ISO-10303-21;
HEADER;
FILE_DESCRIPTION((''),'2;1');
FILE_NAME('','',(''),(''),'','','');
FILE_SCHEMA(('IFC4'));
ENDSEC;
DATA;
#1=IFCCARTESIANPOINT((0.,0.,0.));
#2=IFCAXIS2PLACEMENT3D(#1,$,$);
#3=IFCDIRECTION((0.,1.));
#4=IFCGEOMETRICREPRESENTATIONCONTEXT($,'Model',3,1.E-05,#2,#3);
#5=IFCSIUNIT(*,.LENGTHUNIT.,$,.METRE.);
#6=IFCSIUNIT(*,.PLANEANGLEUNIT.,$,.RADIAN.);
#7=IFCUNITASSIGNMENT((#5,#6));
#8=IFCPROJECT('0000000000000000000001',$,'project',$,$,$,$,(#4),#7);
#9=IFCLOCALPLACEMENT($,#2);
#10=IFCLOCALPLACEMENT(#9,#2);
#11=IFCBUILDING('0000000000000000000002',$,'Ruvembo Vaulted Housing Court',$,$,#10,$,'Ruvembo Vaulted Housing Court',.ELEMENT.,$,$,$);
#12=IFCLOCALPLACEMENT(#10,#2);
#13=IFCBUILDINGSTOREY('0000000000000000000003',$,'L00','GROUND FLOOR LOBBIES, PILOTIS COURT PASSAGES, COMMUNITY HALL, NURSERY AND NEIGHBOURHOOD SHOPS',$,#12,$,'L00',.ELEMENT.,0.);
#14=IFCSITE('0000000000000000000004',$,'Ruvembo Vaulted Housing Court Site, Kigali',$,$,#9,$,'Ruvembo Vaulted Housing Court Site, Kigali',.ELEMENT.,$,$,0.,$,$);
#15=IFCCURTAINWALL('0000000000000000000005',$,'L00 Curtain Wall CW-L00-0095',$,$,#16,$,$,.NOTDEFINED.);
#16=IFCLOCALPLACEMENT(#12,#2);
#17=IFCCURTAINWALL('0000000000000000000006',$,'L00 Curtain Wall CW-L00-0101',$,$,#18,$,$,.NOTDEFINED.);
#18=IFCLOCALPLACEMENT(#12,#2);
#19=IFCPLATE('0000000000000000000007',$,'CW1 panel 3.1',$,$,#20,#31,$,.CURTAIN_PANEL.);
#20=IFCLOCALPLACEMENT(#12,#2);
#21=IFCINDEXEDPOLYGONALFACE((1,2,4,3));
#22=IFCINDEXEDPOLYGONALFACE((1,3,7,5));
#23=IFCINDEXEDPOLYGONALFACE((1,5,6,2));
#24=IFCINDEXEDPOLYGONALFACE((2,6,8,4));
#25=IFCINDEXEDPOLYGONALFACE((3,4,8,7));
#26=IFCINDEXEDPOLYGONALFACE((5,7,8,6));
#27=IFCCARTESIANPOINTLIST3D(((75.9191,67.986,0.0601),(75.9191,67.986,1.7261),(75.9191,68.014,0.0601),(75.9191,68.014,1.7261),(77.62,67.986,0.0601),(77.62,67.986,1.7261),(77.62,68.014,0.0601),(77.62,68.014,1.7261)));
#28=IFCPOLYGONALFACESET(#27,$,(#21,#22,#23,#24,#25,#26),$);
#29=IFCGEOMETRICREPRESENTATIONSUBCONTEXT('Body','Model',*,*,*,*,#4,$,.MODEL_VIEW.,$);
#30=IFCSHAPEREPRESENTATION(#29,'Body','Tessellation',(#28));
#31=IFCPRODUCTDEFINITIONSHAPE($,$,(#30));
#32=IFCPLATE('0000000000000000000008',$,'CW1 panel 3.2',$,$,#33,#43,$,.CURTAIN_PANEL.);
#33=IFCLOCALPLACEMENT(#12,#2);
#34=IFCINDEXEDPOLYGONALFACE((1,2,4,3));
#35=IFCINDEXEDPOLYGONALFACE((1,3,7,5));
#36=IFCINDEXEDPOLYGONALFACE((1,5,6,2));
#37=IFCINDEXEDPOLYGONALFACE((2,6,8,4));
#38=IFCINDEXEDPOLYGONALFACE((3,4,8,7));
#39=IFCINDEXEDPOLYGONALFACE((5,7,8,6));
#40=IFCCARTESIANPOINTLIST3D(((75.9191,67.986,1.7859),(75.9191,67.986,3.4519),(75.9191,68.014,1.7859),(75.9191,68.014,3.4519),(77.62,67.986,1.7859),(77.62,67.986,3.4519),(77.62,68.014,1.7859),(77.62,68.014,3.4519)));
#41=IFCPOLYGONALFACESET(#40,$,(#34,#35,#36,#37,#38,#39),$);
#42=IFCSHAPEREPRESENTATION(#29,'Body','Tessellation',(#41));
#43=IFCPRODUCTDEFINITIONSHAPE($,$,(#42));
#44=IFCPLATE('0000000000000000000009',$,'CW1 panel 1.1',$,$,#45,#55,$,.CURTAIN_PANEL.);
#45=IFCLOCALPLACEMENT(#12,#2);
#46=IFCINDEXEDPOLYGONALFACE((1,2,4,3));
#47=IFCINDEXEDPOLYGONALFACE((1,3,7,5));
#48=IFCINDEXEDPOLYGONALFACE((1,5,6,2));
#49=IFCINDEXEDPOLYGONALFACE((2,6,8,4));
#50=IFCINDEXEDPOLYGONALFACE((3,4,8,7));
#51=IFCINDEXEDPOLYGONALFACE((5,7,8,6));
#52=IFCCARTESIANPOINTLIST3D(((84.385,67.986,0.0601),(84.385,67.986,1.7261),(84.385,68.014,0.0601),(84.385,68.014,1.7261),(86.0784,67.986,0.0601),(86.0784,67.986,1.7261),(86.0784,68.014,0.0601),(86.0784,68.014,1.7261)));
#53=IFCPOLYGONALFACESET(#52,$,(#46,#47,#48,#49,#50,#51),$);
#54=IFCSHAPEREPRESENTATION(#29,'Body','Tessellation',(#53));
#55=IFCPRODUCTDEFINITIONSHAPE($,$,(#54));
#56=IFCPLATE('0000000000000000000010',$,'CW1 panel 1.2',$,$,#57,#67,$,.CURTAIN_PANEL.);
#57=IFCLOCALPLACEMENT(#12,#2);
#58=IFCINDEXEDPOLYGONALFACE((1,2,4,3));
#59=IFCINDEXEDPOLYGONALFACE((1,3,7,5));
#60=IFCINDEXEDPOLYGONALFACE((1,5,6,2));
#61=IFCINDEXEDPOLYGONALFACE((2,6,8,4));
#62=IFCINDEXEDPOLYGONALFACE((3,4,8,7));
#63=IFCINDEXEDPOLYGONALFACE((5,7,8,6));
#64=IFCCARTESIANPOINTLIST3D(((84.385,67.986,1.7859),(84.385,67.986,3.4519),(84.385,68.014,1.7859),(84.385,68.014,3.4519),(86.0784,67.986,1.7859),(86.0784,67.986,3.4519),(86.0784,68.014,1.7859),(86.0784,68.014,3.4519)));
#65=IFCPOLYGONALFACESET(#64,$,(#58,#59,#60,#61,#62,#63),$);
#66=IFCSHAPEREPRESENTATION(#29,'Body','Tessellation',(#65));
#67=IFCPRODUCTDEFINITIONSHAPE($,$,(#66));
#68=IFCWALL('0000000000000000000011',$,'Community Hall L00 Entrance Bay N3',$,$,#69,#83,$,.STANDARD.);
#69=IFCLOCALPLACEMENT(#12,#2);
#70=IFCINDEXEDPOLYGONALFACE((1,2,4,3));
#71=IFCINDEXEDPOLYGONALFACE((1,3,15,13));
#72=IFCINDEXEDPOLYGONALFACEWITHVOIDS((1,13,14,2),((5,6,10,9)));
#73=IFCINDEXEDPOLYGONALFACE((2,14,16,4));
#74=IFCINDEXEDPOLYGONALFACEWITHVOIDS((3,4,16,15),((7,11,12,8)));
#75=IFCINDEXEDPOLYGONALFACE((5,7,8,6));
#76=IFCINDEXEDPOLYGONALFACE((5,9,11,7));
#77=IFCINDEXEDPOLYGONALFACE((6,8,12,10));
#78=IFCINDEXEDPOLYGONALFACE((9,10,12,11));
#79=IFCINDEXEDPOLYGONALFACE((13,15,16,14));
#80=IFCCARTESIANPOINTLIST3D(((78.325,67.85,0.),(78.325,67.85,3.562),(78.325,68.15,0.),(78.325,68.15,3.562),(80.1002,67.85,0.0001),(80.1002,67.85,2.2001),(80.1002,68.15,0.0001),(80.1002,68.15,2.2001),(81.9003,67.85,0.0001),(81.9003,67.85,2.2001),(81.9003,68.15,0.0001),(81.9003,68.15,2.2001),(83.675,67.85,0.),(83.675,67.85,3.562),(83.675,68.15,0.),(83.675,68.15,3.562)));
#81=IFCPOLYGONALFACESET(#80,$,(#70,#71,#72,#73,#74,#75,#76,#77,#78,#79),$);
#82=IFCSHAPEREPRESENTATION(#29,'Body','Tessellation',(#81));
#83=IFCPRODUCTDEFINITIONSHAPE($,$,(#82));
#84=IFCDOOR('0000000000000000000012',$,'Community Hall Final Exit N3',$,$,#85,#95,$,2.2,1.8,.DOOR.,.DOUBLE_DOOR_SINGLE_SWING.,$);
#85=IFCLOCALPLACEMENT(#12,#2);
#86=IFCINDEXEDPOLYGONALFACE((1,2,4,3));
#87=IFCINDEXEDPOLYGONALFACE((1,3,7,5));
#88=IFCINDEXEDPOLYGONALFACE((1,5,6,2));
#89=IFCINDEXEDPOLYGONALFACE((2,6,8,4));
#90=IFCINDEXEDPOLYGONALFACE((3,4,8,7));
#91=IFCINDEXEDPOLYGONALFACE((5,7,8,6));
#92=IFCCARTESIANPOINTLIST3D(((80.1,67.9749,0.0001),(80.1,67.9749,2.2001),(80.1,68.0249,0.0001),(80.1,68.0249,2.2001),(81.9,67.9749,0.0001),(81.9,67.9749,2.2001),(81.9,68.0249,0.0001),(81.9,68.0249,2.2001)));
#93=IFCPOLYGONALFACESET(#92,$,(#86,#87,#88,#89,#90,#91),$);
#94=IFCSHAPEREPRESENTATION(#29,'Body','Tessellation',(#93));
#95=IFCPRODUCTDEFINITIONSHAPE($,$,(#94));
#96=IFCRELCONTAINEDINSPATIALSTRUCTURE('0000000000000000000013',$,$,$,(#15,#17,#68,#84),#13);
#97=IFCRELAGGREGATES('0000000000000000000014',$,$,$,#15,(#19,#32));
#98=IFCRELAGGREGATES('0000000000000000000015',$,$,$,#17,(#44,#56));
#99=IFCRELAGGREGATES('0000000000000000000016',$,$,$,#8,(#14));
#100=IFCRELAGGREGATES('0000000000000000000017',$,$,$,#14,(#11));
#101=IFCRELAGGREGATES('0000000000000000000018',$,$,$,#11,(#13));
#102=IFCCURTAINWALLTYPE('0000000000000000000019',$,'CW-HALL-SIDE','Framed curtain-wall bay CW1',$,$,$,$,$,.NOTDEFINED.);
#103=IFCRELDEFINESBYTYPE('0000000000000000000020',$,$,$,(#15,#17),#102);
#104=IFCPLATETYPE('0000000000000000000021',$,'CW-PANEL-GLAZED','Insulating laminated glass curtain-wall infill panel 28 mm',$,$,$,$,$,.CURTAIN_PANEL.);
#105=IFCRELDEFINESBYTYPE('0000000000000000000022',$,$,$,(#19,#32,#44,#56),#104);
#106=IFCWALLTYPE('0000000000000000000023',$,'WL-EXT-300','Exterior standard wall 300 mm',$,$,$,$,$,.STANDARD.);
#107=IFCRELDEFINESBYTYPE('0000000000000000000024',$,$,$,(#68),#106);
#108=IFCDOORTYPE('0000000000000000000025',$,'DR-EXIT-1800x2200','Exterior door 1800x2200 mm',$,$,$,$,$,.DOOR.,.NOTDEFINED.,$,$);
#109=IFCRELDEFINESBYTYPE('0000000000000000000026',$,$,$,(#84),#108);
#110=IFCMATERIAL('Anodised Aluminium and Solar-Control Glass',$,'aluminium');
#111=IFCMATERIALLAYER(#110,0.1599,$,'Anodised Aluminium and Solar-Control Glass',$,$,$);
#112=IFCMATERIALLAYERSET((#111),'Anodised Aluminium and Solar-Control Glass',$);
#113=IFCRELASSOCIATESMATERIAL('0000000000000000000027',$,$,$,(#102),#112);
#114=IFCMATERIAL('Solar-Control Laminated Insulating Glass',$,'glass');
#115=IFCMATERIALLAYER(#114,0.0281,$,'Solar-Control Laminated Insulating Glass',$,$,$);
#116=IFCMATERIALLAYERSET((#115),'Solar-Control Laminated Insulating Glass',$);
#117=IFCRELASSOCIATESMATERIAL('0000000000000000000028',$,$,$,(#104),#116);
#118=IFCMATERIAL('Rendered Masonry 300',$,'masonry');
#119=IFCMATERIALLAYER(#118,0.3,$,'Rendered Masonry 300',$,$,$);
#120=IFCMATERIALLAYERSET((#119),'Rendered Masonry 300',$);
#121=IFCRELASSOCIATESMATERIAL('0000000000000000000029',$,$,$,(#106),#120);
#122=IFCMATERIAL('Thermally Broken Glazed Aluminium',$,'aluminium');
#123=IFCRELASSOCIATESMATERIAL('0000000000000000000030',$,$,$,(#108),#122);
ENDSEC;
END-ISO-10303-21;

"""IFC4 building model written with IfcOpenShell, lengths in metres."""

from ifc_helpers import new_model, si_unit, direction, frame, frame_2d, origin, origin_2d, place, context, subcontext, project, spatial, rectangle, extrude, material, layer, layer_set, type_object, element, fill, aggregate, save


model = new_model("IFC4")

# Units and contexts
model_context = context("Model", 3, precision=1e-05, world=origin(), true_north=direction((0.0, 1.0)))
body_context = subcontext(model_context, "Body", "Model", "MODEL_VIEW")
ifc_project = project(units=[si_unit("LENGTHUNIT", "METRE"), si_unit("PLANEANGLEUNIT", "RADIAN")], contexts=[model_context])

# Site, building, storey
site_placement = place(None, origin())
site = spatial("IfcSite", under=ifc_project, at=site_placement, Name="Ruvembo Vaulted Housing Court Site, Kigali", LongName="Ruvembo Vaulted Housing Court Site, Kigali", CompositionType="ELEMENT", RefElevation=0.0)
building_placement = place(site_placement, origin())
building = spatial("IfcBuilding", under=site, at=building_placement, Name="Ruvembo Vaulted Housing Court", LongName="Ruvembo Vaulted Housing Court", CompositionType="ELEMENT")
storey_placement = place(building_placement, origin())
storey = spatial("IfcBuildingStorey", under=building, at=storey_placement, Name="L00", Description="GROUND FLOOR LOBBIES, PILOTIS COURT PASSAGES, COMMUNITY HALL, NURSERY AND NEIGHBOURHOOD SHOPS", LongName="L00", CompositionType="ELEMENT", Elevation=0.0)

# Curtain wall
ifc_material_1 = material(Name="Anodised Aluminium and Solar-Control Glass", Category="aluminium")
ifc_layer_1 = layer(ifc_material_1, 0.1599, Name="Anodised Aluminium and Solar-Control Glass")
ifc_layer_set_1 = layer_set([ifc_layer_1], Name="Anodised Aluminium and Solar-Control Glass")
curtain_wall_type_1 = type_object("IfcCurtainWallType", Name="CW-HALL-SIDE", Description="Framed curtain-wall bay CW1", PredefinedType="NOTDEFINED", material=ifc_layer_set_1)
curtain_wall_1_placement = place(storey_placement, origin())
curtain_wall_1 = element("IfcCurtainWall", 1, at=curtain_wall_1_placement, inside=storey, type_object=curtain_wall_type_1, Name="L00 Curtain Wall CW-L00-0095", PredefinedType="NOTDEFINED")

# Curtain wall
curtain_wall_2_placement = place(storey_placement, origin())
curtain_wall_2 = element("IfcCurtainWall", 2, at=curtain_wall_2_placement, inside=storey, type_object=curtain_wall_type_1, Name="L00 Curtain Wall CW-L00-0101", PredefinedType="NOTDEFINED")

# Plates
ifc_material_2 = material(Name="Solar-Control Laminated Insulating Glass", Category="glass")
ifc_layer_2 = layer(ifc_material_2, 0.0281, Name="Solar-Control Laminated Insulating Glass")
ifc_layer_set_2 = layer_set([ifc_layer_2], Name="Solar-Control Laminated Insulating Glass")
plate_type = type_object("IfcPlateType", Name="CW-PANEL-GLAZED", Description="Insulating laminated glass curtain-wall infill panel 28 mm", PredefinedType="CURTAIN_PANEL", material=ifc_layer_set_2)
plate_1_placement = place(storey_placement, frame((76.7695, 68.0, 0.0601), z_axis=(0.0, 0.0, 1.0), x_axis=(1.0, 0.0, 0.0)))
plate_1 = element("IfcPlate", 3, at=plate_1_placement, type_object=plate_type, Name="CW1 panel 3.1", PredefinedType="CURTAIN_PANEL", context=body_context, shape_type="SweptSolid", body=[
    extrude(rectangle(XDim=1.7009, YDim=0.0281, at=origin_2d()), origin(), (0.0, 0.0, 1.0), 1.666),
])
plate_2_placement = place(storey_placement, frame((76.7695, 68.0, 1.7859), z_axis=(0.0, 0.0, 1.0), x_axis=(1.0, 0.0, 0.0)))
plate_2 = element("IfcPlate", 4, at=plate_2_placement, type_object=plate_type, Name="CW1 panel 3.2", PredefinedType="CURTAIN_PANEL", context=body_context, shape_type="SweptSolid", body=[
    extrude(rectangle(XDim=1.7009, YDim=0.0281, at=origin_2d()), origin(), (0.0, 0.0, 1.0), 1.666),
])
aggregate(curtain_wall_1, [plate_1, plate_2])
plate_3_placement = place(storey_placement, frame((85.2317, 68.0, 0.0601), z_axis=(0.0, 0.0, 1.0), x_axis=(1.0, 0.0, 0.0)))
plate_3 = element("IfcPlate", 5, at=plate_3_placement, type_object=plate_type, Name="CW1 panel 1.1", PredefinedType="CURTAIN_PANEL", context=body_context, shape_type="SweptSolid", body=[
    extrude(rectangle(XDim=1.6934, YDim=0.0281, at=origin_2d()), origin(), (0.0, 0.0, 1.0), 1.666),
])
plate_4_placement = place(storey_placement, frame((85.2317, 68.0, 1.7859), z_axis=(0.0, 0.0, 1.0), x_axis=(1.0, 0.0, 0.0)))
plate_4 = element("IfcPlate", 6, at=plate_4_placement, type_object=plate_type, Name="CW1 panel 1.2", PredefinedType="CURTAIN_PANEL", context=body_context, shape_type="SweptSolid", body=[
    extrude(rectangle(XDim=1.6934, YDim=0.0281, at=origin_2d()), origin(), (0.0, 0.0, 1.0), 1.666),
])
aggregate(curtain_wall_2, [plate_3, plate_4])

# Wall, opening, door
ifc_material_3 = material(Name="Rendered Masonry 300", Category="masonry")
ifc_layer_3 = layer(ifc_material_3, 0.3, Name="Rendered Masonry 300")
ifc_layer_set_3 = layer_set([ifc_layer_3], Name="Rendered Masonry 300")
wall_type = type_object("IfcWallType", Name="WL-EXT-300", Description="Exterior standard wall 300 mm", PredefinedType="STANDARD", material=ifc_layer_set_3)
wall_placement = place(storey_placement, frame((83.675, 68.0, 0.0), z_axis=(0.0, 0.0, 1.0), x_axis=(-1.0, 0.0, 0.0)))
wall = element("IfcWall", 7, at=wall_placement, inside=storey, type_object=wall_type, Name="Community Hall L00 Entrance Bay N3", PredefinedType="STANDARD", context=body_context, shape_type="SweptSolid", body=[
    extrude(rectangle(XDim=5.3501, YDim=0.3, at=frame_2d((2.675, 0.0))), origin(), (0.0, 0.0, 1.0), 3.562),
])
opening_placement = place(wall_placement, frame((1.7749, 0.0, 0.0)))
opening = element("IfcOpeningElement", 8, at=opening_placement, cuts=wall, PredefinedType="OPENING", context=body_context, shape_type="SweptSolid", body=[
    extrude(rectangle(XDim=1.8, YDim=2.2, at=frame_2d((0.8999, 1.1001))), frame((0.0, 0.1599, 0.0), z_axis=(0.0, -1.0, 0.0), x_axis=(1.0, 0.0, 0.0)), (0.0, 0.0, 1.0), 0.3201),
])
ifc_material_4 = material(Name="Thermally Broken Glazed Aluminium", Category="aluminium")
door_type = type_object("IfcDoorType", Name="DR-EXIT-1800x2200", Description="Exterior door 1800x2200 mm", OperationType="NOTDEFINED", PredefinedType="DOOR", material=ifc_material_4)
door_placement = place(opening_placement, frame((1.8, 0.0, 0.0), z_axis=(0.0, 0.0, 1.0), x_axis=(-1.0, 0.0, 0.0)))
door = element("IfcDoor", 9, at=door_placement, inside=storey, type_object=door_type, Name="Community Hall Final Exit N3", OperationType="DOUBLE_DOOR_SINGLE_SWING", OverallHeight=2.2, OverallWidth=1.8, PredefinedType="DOOR", context=body_context, shape_type="SweptSolid", body=[
    extrude(rectangle(XDim=1.8, YDim=2.2, at=frame_2d((0.8999, 1.1001))), frame((0.0, 0.0249, 0.0), z_axis=(0.0, -1.0, 0.0), x_axis=(1.0, 0.0, 0.0)), (0.0, 0.0, 1.0), 0.05),
])
fill(opening, door)

save(model, "model.ifc")
